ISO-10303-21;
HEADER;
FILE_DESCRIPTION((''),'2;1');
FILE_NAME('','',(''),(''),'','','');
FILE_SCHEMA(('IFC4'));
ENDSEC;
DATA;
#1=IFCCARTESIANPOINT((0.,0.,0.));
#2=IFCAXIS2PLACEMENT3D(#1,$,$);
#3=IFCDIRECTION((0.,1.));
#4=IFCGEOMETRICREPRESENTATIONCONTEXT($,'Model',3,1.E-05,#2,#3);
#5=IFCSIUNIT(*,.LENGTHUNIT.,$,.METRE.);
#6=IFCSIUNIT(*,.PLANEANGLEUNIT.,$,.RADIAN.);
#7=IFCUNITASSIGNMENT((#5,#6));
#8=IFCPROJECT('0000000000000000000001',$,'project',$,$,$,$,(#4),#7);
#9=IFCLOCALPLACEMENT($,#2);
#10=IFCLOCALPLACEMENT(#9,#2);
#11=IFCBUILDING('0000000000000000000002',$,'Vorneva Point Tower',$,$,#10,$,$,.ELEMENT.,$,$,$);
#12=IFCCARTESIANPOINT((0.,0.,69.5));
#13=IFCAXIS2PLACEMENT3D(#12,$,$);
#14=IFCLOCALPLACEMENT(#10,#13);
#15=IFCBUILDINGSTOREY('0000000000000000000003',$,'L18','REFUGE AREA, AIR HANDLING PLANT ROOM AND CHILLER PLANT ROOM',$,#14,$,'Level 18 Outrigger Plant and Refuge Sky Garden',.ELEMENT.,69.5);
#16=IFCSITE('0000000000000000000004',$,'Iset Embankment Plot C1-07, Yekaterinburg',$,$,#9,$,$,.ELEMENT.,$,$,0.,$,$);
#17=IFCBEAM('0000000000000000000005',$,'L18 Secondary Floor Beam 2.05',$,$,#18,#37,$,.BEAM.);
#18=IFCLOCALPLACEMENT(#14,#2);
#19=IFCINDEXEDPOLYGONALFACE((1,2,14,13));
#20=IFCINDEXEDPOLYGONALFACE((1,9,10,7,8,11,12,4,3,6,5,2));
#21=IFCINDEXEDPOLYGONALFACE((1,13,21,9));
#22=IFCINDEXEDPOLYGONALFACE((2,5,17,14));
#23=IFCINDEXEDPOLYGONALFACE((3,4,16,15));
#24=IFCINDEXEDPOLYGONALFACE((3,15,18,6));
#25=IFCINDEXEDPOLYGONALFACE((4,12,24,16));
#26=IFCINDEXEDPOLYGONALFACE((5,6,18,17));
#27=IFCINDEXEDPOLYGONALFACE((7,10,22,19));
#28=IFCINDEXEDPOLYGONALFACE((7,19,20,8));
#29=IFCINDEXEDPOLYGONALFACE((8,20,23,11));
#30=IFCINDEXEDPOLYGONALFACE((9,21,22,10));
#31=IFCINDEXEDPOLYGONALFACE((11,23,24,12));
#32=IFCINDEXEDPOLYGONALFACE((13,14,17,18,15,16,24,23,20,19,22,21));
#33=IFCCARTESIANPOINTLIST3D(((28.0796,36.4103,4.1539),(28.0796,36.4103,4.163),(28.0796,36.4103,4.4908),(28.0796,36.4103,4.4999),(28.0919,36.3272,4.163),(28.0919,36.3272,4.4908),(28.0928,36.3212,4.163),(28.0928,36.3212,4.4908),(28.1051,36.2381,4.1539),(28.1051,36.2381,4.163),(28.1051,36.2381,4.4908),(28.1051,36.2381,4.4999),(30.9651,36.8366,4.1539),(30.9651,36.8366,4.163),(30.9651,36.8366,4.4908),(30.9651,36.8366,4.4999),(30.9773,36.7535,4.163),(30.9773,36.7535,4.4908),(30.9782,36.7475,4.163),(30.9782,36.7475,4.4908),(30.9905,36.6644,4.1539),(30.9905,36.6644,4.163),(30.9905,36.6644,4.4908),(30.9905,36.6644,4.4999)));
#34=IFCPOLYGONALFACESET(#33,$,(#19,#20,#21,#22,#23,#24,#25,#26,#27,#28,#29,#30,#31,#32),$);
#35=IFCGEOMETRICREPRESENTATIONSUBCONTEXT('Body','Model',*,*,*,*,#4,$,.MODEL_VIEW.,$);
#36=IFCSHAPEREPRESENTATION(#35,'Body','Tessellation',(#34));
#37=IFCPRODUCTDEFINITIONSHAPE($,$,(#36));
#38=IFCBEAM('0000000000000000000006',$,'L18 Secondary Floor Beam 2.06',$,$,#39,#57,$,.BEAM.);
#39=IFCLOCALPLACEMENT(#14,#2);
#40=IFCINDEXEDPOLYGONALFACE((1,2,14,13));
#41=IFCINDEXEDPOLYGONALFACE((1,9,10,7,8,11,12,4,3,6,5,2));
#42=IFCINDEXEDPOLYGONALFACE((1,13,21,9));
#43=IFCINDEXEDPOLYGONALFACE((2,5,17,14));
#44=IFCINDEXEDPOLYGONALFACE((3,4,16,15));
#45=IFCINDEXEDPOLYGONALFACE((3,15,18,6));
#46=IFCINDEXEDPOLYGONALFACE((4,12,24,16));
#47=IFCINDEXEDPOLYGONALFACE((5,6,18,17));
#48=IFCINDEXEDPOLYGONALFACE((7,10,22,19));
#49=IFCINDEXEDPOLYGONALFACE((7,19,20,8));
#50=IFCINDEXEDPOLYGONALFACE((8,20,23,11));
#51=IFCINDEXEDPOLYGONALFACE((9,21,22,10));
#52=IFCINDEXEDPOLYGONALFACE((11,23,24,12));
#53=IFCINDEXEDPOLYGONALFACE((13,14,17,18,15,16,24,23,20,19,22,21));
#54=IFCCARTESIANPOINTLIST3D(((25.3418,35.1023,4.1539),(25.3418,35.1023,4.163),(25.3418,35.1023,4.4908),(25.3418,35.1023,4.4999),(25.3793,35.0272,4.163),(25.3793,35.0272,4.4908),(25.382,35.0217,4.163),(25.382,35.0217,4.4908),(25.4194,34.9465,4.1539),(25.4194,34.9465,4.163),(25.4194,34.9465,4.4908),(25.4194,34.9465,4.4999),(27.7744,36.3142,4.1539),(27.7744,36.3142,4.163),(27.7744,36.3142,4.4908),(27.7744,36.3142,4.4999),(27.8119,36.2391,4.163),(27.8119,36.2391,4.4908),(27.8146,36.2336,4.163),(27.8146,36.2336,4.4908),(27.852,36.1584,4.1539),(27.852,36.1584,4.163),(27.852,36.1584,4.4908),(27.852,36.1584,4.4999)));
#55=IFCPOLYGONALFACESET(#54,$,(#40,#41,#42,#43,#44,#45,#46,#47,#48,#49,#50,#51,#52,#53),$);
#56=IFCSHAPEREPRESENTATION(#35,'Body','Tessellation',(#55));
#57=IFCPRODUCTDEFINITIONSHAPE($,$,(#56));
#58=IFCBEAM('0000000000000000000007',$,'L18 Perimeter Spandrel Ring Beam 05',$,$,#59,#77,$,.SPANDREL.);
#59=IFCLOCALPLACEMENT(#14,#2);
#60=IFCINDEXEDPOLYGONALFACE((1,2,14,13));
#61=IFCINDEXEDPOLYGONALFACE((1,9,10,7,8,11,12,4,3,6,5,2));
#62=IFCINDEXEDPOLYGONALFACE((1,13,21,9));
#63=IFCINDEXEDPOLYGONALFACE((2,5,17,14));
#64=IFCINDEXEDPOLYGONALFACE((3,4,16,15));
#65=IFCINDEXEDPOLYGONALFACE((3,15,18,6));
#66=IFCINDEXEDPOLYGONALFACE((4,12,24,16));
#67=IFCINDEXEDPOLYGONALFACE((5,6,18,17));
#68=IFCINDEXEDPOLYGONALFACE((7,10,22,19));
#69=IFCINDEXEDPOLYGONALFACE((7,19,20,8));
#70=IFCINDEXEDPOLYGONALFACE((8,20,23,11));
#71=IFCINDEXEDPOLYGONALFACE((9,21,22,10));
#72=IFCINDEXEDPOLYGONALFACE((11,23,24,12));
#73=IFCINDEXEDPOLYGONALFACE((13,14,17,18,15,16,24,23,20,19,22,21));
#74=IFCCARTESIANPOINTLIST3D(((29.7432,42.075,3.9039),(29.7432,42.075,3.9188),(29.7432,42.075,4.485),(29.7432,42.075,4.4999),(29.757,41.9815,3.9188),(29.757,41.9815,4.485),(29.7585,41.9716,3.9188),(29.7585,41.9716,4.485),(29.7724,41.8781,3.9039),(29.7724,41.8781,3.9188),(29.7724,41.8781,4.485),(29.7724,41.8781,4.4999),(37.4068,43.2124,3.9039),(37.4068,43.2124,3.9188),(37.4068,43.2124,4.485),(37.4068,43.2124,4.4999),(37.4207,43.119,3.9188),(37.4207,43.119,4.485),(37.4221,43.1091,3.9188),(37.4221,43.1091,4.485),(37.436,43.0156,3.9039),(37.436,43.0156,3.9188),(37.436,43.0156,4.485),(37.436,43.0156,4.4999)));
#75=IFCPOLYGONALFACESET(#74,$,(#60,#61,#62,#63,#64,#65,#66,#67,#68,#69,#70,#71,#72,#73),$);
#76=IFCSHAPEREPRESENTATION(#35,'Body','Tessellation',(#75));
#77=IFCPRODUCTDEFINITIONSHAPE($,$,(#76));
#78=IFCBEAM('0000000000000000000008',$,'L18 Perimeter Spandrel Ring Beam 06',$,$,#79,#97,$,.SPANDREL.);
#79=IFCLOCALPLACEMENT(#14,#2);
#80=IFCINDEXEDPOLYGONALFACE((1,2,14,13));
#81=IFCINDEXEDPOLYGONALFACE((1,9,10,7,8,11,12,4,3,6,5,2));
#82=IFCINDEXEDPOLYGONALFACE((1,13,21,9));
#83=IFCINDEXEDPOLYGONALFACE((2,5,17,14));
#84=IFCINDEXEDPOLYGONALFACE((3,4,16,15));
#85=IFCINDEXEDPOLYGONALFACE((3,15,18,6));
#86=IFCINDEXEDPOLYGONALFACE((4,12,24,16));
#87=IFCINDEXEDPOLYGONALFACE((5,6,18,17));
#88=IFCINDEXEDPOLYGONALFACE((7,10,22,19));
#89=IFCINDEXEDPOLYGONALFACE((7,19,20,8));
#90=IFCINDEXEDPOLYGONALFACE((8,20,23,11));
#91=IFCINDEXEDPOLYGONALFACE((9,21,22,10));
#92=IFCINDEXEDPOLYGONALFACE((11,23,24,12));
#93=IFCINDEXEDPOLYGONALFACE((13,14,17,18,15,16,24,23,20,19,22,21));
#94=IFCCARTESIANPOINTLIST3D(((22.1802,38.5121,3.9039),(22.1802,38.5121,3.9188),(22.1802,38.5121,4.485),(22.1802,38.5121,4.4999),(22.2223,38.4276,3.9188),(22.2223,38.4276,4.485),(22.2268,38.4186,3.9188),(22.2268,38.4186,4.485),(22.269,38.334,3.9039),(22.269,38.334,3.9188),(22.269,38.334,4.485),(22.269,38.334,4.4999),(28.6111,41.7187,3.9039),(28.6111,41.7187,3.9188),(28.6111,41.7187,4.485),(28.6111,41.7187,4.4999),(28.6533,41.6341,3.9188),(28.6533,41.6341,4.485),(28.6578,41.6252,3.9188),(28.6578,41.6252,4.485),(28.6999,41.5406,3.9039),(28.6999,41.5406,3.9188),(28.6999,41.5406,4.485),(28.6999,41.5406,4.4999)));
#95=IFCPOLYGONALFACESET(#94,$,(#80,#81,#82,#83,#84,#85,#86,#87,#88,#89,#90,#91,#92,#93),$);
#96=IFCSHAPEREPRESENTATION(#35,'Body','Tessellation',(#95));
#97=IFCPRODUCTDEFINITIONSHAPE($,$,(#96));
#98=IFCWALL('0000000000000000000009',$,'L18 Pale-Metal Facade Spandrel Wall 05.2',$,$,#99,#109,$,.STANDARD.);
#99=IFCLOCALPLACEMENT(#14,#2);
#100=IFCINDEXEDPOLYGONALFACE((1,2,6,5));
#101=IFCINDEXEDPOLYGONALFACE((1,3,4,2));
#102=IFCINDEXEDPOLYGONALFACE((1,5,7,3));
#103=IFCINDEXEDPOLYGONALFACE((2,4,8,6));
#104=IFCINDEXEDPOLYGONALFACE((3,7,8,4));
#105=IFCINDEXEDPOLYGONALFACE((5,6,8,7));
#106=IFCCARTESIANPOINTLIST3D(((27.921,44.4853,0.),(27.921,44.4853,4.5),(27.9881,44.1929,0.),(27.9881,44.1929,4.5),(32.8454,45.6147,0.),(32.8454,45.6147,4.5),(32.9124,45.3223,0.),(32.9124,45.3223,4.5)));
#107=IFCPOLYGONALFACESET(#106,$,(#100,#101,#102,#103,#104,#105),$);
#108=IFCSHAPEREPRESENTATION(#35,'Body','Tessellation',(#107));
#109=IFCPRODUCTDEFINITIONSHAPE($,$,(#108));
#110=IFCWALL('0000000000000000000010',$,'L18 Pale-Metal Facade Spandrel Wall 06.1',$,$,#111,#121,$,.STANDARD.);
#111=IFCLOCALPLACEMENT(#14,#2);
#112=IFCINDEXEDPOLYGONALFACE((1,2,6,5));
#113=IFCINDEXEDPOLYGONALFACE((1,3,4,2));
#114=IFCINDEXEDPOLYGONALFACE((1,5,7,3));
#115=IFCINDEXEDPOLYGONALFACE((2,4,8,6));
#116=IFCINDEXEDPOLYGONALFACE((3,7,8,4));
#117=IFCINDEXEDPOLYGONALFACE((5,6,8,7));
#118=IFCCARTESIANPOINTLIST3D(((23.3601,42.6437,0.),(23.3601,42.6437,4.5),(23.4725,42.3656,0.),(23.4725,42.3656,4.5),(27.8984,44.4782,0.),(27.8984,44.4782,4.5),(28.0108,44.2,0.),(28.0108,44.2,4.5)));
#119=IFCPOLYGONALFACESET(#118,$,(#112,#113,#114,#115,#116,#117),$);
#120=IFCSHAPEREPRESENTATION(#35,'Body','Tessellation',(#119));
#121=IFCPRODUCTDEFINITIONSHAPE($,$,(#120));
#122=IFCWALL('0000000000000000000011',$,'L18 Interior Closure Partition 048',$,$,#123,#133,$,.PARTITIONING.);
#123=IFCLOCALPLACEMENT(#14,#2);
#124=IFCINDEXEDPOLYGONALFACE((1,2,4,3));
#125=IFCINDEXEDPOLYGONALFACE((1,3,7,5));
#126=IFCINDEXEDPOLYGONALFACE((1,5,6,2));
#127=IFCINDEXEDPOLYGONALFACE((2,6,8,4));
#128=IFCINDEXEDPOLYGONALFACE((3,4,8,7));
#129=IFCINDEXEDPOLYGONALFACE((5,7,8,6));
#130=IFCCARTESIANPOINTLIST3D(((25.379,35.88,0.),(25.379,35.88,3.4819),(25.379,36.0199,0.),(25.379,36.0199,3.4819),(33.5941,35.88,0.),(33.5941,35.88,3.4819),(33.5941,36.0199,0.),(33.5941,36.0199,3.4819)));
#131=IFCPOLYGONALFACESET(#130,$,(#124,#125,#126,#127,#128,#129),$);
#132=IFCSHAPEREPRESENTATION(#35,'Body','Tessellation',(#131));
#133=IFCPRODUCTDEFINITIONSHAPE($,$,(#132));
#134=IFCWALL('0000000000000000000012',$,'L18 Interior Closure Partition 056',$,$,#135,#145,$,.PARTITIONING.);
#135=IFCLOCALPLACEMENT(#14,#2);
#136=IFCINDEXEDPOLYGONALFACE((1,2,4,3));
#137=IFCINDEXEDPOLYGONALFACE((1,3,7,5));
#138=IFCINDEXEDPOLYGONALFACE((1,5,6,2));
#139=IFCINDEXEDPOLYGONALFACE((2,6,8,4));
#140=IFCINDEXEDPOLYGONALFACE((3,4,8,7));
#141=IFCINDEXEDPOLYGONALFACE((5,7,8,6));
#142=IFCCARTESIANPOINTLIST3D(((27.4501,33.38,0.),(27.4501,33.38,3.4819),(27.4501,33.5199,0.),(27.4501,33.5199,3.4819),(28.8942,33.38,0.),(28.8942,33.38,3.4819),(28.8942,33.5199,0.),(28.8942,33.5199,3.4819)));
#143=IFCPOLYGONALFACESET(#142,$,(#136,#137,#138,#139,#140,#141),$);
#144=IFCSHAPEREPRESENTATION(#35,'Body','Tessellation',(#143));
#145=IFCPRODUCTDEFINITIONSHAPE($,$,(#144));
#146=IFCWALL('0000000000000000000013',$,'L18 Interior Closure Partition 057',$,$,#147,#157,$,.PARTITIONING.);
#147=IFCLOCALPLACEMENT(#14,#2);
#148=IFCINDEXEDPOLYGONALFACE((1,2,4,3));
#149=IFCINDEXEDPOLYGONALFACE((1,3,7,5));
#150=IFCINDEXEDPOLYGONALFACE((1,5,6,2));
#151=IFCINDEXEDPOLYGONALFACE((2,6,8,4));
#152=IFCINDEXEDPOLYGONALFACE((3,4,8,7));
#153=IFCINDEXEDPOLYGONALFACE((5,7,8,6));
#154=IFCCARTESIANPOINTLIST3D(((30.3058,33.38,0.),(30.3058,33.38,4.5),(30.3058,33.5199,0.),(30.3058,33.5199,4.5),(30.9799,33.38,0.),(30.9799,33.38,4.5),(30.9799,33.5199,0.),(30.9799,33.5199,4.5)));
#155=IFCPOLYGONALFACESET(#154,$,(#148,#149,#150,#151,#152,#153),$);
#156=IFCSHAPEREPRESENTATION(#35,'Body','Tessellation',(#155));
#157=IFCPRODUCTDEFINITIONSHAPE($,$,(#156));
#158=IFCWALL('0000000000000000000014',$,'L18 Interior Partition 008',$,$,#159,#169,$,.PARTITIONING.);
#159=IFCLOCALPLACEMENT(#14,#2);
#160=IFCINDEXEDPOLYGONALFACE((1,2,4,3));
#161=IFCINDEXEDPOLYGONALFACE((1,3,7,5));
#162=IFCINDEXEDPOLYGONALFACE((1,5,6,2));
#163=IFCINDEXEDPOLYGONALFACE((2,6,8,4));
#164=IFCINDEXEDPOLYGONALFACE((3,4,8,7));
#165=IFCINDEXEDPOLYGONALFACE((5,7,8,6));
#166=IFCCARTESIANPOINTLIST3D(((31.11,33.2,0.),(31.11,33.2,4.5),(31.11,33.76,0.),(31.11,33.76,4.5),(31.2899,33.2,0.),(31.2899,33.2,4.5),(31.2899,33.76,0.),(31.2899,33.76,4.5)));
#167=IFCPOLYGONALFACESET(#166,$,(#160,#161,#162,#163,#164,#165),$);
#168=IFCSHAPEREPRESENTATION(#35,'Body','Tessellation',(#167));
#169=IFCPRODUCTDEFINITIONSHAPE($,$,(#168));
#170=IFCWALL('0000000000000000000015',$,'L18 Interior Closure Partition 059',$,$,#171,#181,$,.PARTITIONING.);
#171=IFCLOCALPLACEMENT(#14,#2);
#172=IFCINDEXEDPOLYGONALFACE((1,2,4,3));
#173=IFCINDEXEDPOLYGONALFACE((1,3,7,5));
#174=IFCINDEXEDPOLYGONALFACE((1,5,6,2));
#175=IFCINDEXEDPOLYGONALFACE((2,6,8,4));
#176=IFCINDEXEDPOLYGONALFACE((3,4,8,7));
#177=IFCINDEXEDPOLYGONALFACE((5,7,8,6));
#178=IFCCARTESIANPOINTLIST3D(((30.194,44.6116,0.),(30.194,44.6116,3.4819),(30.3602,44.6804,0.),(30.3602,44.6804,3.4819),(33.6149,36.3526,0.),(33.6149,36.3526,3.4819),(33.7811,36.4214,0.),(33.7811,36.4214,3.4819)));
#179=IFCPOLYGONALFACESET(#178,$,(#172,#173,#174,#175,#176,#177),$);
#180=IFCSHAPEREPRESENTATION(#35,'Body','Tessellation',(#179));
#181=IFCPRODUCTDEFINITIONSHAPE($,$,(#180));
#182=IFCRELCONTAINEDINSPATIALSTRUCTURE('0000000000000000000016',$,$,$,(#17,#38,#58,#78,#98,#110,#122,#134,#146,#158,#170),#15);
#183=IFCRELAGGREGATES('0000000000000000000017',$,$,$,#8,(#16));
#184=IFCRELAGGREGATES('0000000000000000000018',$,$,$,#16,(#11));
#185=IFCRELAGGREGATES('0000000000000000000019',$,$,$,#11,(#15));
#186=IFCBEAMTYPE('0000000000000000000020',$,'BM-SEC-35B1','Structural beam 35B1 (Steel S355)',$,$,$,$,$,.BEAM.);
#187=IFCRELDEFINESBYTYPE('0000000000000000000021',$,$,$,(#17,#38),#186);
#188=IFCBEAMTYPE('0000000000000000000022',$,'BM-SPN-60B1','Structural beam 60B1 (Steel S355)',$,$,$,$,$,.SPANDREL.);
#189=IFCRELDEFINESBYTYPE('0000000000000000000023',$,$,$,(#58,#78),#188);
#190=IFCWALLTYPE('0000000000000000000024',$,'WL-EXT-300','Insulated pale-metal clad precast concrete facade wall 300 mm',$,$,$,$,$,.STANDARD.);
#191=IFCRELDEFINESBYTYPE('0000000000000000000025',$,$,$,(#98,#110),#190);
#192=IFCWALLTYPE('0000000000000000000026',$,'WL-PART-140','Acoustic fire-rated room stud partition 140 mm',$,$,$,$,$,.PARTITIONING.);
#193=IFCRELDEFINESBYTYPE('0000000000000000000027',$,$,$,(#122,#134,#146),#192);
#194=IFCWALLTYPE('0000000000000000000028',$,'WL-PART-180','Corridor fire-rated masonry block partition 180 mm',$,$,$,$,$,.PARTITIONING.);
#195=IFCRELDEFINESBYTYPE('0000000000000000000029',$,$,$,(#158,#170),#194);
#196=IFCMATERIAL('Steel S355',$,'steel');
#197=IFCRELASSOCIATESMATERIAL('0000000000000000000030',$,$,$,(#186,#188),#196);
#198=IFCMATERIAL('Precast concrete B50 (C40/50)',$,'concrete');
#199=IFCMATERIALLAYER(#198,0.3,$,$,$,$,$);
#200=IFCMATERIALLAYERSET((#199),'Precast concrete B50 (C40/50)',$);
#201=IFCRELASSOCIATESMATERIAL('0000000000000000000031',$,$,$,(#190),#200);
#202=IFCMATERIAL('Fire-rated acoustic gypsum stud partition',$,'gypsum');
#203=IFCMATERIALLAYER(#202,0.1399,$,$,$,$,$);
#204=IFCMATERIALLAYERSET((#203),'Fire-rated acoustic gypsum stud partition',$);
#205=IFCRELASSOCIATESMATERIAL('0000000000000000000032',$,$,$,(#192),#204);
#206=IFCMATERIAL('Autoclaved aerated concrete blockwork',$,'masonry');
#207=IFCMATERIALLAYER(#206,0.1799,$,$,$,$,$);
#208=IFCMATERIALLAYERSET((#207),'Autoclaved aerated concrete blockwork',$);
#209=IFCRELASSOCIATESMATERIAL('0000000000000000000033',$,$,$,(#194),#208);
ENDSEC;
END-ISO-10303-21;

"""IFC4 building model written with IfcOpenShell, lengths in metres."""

from ifc_helpers import new_model, si_unit, direction, frame, frame_2d, origin, origin_2d, place, context, subcontext, project, spatial, rectangle, i_section, extrude, material, layer, layer_set, material_profile, profile_set, type_object, element, save


model = new_model("IFC4")

# Units and contexts
model_context = context("Model", 3, precision=1e-05, world=origin(), true_north=direction((0.0, 1.0)))
body_context = subcontext(model_context, "Body", "Model", "MODEL_VIEW")
ifc_project = project(units=[si_unit("LENGTHUNIT", "METRE"), si_unit("PLANEANGLEUNIT", "RADIAN")], contexts=[model_context])

# Site, building, storey
site_placement = place(None, origin())
site = spatial("IfcSite", under=ifc_project, at=site_placement, Name="Iset Embankment Plot C1-07, Yekaterinburg", CompositionType="ELEMENT", RefElevation=0.0)
building_placement = place(site_placement, origin())
building = spatial("IfcBuilding", under=site, at=building_placement, Name="Vorneva Point Tower", CompositionType="ELEMENT")
storey_placement = place(building_placement, frame((0.0, 0.0, 69.5)))
storey = spatial("IfcBuildingStorey", under=building, at=storey_placement, Name="L18", Description="REFUGE AREA, AIR HANDLING PLANT ROOM AND CHILLER PLANT ROOM", LongName="Level 18 Outrigger Plant and Refuge Sky Garden", CompositionType="ELEMENT", Elevation=69.5)

# Beams
ifc_material_1 = material(Name="Steel S355", Category="steel")
ifc_material_profile_1 = material_profile(ifc_material_1, i_section(OverallWidth=0.1741, OverallDepth=0.3459, WebThickness=0.0061, FlangeThickness=0.009, at=origin_2d()), Name="35B1")
ifc_profile_set_1 = profile_set([ifc_material_profile_1], Name="Steel S355")
beam_type_1 = type_object("IfcBeamType", Name="BM-SEC-35B1", Description="Structural beam 35B1 (Steel S355)", PredefinedType="BEAM", material=ifc_profile_set_1)
beam_1_placement = place(storey_placement, frame((30.9778, 36.7505, 4.3269), z_axis=(-0.989264, -0.146142, 0.0), x_axis=(0.146142, -0.989264, 0.0)))
element("IfcBeam", 1, at=beam_1_placement, inside=storey, type_object=beam_type_1, Name="L18 Secondary Floor Beam 2.05", PredefinedType="BEAM", context=body_context, shape_type="SweptSolid", body=[
    extrude(i_section(OverallWidth=0.1741, OverallDepth=0.3459, WebThickness=0.0061, FlangeThickness=0.009, at=origin_2d()), origin(), (0.0, 0.0, 1.0), 2.9167),
])
beam_2_placement = place(storey_placement, frame((27.8132, 36.2363, 4.3269), z_axis=(-0.895073, -0.44592, 0.0), x_axis=(0.44592, -0.895073, 0.0)))
element("IfcBeam", 2, at=beam_2_placement, inside=storey, type_object=beam_type_1, Name="L18 Secondary Floor Beam 2.06", PredefinedType="BEAM", context=body_context, shape_type="SweptSolid", body=[
    extrude(i_section(OverallWidth=0.1741, OverallDepth=0.3459, WebThickness=0.0061, FlangeThickness=0.009, at=origin_2d()), origin(), (0.0, 0.0, 1.0), 2.7178),
])
ifc_material_profile_2 = material_profile(ifc_material_1, i_section(OverallWidth=0.199, OverallDepth=0.5959, WebThickness=0.01, FlangeThickness=0.0149, at=origin_2d()), Name="60B1")
ifc_profile_set_2 = profile_set([ifc_material_profile_2], Name="Steel S355")
beam_type_2 = type_object("IfcBeamType", Name="BM-SPN-60B1", Description="Structural beam 60B1 (Steel S355)", PredefinedType="SPANDREL", material=ifc_profile_set_2)
beam_3_placement = place(storey_placement, frame((37.4214, 43.114, 4.2019), z_axis=(-0.989164, -0.146815, 0.0), x_axis=(0.146815, -0.989164, 0.0)))
element("IfcBeam", 3, at=beam_3_placement, inside=storey, type_object=beam_type_2, Name="L18 Perimeter Spandrel Ring Beam 05", PredefinedType="SPANDREL", context=body_context, shape_type="SweptSolid", body=[
    extrude(i_section(OverallWidth=0.199, OverallDepth=0.5959, WebThickness=0.01, FlangeThickness=0.0149, at=origin_2d()), origin(), (0.0, 0.0, 1.0), 7.7476),
])
beam_4_placement = place(storey_placement, frame((28.6555, 41.6296, 4.2019), z_axis=(-0.894923, -0.446221, 0.0), x_axis=(0.446221, -0.894923, 0.0)))
element("IfcBeam", 4, at=beam_4_placement, inside=storey, type_object=beam_type_2, Name="L18 Perimeter Spandrel Ring Beam 06", PredefinedType="SPANDREL", context=body_context, shape_type="SweptSolid", body=[
    extrude(i_section(OverallWidth=0.199, OverallDepth=0.5959, WebThickness=0.01, FlangeThickness=0.0149, at=origin_2d()), origin(), (0.0, 0.0, 1.0), 7.186),
])

# Walls
ifc_material_2 = material(Name="Precast concrete B50 (C40/50)", Category="concrete")
ifc_layer_1 = layer(ifc_material_2, 0.3)
ifc_layer_set_1 = layer_set([ifc_layer_1], Name="Precast concrete B50 (C40/50)")
wall_type_1 = type_object("IfcWallType", Name="WL-EXT-300", Description="Insulated pale-metal clad precast concrete facade wall 300 mm", PredefinedType="STANDARD", material=ifc_layer_set_1)
wall_1_placement = place(storey_placement, frame((32.8789, 45.4685, 0.0), z_axis=(0.0, 0.0, 1.0), x_axis=(-0.974693, -0.223546, 0.0)))
element("IfcWall", 5, at=wall_1_placement, inside=storey, type_object=wall_type_1, Name="L18 Pale-Metal Facade Spandrel Wall 05.2", PredefinedType="STANDARD", context=body_context, shape_type="SweptSolid", body=[
    extrude(rectangle(XDim=5.0522, YDim=0.3, at=frame_2d((2.5261, 0.0))), origin(), (0.0, 0.0, 1.0), 4.5),
])
wall_2_placement = place(storey_placement, frame((27.9546, 44.3391, 0.0), z_axis=(0.0, 0.0, 1.0), x_axis=(-0.927122, -0.374759, 0.0)))
element("IfcWall", 6, at=wall_2_placement, inside=storey, type_object=wall_type_1, Name="L18 Pale-Metal Facade Spandrel Wall 06.1", PredefinedType="STANDARD", context=body_context, shape_type="SweptSolid", body=[
    extrude(rectangle(XDim=4.895, YDim=0.3, at=frame_2d((2.4475, 0.0))), origin(), (0.0, 0.0, 1.0), 4.5),
])
ifc_material_3 = material(Name="Fire-rated acoustic gypsum stud partition", Category="gypsum")
ifc_layer_2 = layer(ifc_material_3, 0.1399)
ifc_layer_set_2 = layer_set([ifc_layer_2], Name="Fire-rated acoustic gypsum stud partition")
wall_type_2 = type_object("IfcWallType", Name="WL-PART-140", Description="Acoustic fire-rated room stud partition 140 mm", PredefinedType="PARTITIONING", material=ifc_layer_set_2)
wall_3_placement = place(storey_placement, frame((33.594, 35.95, 0.0), z_axis=(0.0, 0.0, 1.0), x_axis=(-1.0, 0.0, 0.0)))
element("IfcWall", 7, at=wall_3_placement, inside=storey, type_object=wall_type_2, Name="L18 Interior Closure Partition 048", PredefinedType="PARTITIONING", context=body_context, shape_type="SweptSolid", body=[
    extrude(rectangle(XDim=8.2151, YDim=0.1399, at=frame_2d((4.1074, 0.0))), origin(), (0.0, 0.0, 1.0), 3.4819),
])
wall_4_placement = place(storey_placement, frame((27.45, 33.45, 0.0), z_axis=(0.0, 0.0, 1.0), x_axis=(1.0, 0.0, 0.0)))
element("IfcWall", 8, at=wall_4_placement, inside=storey, type_object=wall_type_2, Name="L18 Interior Closure Partition 056", PredefinedType="PARTITIONING", context=body_context, shape_type="SweptSolid", body=[
    extrude(rectangle(XDim=1.4441, YDim=0.1399, at=frame_2d((0.7222, 0.0))), origin(), (0.0, 0.0, 1.0), 3.4819),
])
wall_5_placement = place(storey_placement, frame((30.3059, 33.45, 0.0), z_axis=(0.0, 0.0, 1.0), x_axis=(1.0, 0.0, 0.0)))
element("IfcWall", 9, at=wall_5_placement, inside=storey, type_object=wall_type_2, Name="L18 Interior Closure Partition 057", PredefinedType="PARTITIONING", context=body_context, shape_type="SweptSolid", body=[
    extrude(rectangle(XDim=0.6741, YDim=0.1399, at=frame_2d((0.3369, 0.0))), origin(), (0.0, 0.0, 1.0), 4.5),
])

# Shared definitions
ifc_material_4 = material(Name="Autoclaved aerated concrete blockwork", Category="masonry")
ifc_layer_3 = layer(ifc_material_4, 0.1799)
ifc_layer_set_3 = layer_set([ifc_layer_3], Name="Autoclaved aerated concrete blockwork")
wall_type_3 = type_object("IfcWallType", Name="WL-PART-180", Description="Corridor fire-rated masonry block partition 180 mm", PredefinedType="PARTITIONING", material=ifc_layer_set_3)

# Walls
wall_6_placement = place(storey_placement, frame((31.2, 33.76, 0.0), z_axis=(0.0, 0.0, 1.0), x_axis=(0.0, -1.0, 0.0)))
element("IfcWall", 10, at=wall_6_placement, inside=storey, type_object=wall_type_3, Name="L18 Interior Partition 008", PredefinedType="PARTITIONING", context=body_context, shape_type="SweptSolid", body=[
    extrude(rectangle(XDim=0.5601, YDim=0.1799, at=frame_2d((0.28, 0.0))), origin(), (0.0, 0.0, 1.0), 4.5),
])
wall_7_placement = place(storey_placement, frame((30.2771, 44.646, 0.0), z_axis=(0.0, 0.0, 1.0), x_axis=(0.382673, -0.923884, 0.0)))
element("IfcWall", 11, at=wall_7_placement, inside=storey, type_object=wall_type_3, Name="L18 Interior Closure Partition 059", PredefinedType="PARTITIONING", context=body_context, shape_type="SweptSolid", body=[
    extrude(rectangle(XDim=8.9395, YDim=0.1799, at=frame_2d((4.4697, 0.0))), origin(), (0.0, 0.0, 1.0), 3.4819),
])

save(model, "model.ifc")
